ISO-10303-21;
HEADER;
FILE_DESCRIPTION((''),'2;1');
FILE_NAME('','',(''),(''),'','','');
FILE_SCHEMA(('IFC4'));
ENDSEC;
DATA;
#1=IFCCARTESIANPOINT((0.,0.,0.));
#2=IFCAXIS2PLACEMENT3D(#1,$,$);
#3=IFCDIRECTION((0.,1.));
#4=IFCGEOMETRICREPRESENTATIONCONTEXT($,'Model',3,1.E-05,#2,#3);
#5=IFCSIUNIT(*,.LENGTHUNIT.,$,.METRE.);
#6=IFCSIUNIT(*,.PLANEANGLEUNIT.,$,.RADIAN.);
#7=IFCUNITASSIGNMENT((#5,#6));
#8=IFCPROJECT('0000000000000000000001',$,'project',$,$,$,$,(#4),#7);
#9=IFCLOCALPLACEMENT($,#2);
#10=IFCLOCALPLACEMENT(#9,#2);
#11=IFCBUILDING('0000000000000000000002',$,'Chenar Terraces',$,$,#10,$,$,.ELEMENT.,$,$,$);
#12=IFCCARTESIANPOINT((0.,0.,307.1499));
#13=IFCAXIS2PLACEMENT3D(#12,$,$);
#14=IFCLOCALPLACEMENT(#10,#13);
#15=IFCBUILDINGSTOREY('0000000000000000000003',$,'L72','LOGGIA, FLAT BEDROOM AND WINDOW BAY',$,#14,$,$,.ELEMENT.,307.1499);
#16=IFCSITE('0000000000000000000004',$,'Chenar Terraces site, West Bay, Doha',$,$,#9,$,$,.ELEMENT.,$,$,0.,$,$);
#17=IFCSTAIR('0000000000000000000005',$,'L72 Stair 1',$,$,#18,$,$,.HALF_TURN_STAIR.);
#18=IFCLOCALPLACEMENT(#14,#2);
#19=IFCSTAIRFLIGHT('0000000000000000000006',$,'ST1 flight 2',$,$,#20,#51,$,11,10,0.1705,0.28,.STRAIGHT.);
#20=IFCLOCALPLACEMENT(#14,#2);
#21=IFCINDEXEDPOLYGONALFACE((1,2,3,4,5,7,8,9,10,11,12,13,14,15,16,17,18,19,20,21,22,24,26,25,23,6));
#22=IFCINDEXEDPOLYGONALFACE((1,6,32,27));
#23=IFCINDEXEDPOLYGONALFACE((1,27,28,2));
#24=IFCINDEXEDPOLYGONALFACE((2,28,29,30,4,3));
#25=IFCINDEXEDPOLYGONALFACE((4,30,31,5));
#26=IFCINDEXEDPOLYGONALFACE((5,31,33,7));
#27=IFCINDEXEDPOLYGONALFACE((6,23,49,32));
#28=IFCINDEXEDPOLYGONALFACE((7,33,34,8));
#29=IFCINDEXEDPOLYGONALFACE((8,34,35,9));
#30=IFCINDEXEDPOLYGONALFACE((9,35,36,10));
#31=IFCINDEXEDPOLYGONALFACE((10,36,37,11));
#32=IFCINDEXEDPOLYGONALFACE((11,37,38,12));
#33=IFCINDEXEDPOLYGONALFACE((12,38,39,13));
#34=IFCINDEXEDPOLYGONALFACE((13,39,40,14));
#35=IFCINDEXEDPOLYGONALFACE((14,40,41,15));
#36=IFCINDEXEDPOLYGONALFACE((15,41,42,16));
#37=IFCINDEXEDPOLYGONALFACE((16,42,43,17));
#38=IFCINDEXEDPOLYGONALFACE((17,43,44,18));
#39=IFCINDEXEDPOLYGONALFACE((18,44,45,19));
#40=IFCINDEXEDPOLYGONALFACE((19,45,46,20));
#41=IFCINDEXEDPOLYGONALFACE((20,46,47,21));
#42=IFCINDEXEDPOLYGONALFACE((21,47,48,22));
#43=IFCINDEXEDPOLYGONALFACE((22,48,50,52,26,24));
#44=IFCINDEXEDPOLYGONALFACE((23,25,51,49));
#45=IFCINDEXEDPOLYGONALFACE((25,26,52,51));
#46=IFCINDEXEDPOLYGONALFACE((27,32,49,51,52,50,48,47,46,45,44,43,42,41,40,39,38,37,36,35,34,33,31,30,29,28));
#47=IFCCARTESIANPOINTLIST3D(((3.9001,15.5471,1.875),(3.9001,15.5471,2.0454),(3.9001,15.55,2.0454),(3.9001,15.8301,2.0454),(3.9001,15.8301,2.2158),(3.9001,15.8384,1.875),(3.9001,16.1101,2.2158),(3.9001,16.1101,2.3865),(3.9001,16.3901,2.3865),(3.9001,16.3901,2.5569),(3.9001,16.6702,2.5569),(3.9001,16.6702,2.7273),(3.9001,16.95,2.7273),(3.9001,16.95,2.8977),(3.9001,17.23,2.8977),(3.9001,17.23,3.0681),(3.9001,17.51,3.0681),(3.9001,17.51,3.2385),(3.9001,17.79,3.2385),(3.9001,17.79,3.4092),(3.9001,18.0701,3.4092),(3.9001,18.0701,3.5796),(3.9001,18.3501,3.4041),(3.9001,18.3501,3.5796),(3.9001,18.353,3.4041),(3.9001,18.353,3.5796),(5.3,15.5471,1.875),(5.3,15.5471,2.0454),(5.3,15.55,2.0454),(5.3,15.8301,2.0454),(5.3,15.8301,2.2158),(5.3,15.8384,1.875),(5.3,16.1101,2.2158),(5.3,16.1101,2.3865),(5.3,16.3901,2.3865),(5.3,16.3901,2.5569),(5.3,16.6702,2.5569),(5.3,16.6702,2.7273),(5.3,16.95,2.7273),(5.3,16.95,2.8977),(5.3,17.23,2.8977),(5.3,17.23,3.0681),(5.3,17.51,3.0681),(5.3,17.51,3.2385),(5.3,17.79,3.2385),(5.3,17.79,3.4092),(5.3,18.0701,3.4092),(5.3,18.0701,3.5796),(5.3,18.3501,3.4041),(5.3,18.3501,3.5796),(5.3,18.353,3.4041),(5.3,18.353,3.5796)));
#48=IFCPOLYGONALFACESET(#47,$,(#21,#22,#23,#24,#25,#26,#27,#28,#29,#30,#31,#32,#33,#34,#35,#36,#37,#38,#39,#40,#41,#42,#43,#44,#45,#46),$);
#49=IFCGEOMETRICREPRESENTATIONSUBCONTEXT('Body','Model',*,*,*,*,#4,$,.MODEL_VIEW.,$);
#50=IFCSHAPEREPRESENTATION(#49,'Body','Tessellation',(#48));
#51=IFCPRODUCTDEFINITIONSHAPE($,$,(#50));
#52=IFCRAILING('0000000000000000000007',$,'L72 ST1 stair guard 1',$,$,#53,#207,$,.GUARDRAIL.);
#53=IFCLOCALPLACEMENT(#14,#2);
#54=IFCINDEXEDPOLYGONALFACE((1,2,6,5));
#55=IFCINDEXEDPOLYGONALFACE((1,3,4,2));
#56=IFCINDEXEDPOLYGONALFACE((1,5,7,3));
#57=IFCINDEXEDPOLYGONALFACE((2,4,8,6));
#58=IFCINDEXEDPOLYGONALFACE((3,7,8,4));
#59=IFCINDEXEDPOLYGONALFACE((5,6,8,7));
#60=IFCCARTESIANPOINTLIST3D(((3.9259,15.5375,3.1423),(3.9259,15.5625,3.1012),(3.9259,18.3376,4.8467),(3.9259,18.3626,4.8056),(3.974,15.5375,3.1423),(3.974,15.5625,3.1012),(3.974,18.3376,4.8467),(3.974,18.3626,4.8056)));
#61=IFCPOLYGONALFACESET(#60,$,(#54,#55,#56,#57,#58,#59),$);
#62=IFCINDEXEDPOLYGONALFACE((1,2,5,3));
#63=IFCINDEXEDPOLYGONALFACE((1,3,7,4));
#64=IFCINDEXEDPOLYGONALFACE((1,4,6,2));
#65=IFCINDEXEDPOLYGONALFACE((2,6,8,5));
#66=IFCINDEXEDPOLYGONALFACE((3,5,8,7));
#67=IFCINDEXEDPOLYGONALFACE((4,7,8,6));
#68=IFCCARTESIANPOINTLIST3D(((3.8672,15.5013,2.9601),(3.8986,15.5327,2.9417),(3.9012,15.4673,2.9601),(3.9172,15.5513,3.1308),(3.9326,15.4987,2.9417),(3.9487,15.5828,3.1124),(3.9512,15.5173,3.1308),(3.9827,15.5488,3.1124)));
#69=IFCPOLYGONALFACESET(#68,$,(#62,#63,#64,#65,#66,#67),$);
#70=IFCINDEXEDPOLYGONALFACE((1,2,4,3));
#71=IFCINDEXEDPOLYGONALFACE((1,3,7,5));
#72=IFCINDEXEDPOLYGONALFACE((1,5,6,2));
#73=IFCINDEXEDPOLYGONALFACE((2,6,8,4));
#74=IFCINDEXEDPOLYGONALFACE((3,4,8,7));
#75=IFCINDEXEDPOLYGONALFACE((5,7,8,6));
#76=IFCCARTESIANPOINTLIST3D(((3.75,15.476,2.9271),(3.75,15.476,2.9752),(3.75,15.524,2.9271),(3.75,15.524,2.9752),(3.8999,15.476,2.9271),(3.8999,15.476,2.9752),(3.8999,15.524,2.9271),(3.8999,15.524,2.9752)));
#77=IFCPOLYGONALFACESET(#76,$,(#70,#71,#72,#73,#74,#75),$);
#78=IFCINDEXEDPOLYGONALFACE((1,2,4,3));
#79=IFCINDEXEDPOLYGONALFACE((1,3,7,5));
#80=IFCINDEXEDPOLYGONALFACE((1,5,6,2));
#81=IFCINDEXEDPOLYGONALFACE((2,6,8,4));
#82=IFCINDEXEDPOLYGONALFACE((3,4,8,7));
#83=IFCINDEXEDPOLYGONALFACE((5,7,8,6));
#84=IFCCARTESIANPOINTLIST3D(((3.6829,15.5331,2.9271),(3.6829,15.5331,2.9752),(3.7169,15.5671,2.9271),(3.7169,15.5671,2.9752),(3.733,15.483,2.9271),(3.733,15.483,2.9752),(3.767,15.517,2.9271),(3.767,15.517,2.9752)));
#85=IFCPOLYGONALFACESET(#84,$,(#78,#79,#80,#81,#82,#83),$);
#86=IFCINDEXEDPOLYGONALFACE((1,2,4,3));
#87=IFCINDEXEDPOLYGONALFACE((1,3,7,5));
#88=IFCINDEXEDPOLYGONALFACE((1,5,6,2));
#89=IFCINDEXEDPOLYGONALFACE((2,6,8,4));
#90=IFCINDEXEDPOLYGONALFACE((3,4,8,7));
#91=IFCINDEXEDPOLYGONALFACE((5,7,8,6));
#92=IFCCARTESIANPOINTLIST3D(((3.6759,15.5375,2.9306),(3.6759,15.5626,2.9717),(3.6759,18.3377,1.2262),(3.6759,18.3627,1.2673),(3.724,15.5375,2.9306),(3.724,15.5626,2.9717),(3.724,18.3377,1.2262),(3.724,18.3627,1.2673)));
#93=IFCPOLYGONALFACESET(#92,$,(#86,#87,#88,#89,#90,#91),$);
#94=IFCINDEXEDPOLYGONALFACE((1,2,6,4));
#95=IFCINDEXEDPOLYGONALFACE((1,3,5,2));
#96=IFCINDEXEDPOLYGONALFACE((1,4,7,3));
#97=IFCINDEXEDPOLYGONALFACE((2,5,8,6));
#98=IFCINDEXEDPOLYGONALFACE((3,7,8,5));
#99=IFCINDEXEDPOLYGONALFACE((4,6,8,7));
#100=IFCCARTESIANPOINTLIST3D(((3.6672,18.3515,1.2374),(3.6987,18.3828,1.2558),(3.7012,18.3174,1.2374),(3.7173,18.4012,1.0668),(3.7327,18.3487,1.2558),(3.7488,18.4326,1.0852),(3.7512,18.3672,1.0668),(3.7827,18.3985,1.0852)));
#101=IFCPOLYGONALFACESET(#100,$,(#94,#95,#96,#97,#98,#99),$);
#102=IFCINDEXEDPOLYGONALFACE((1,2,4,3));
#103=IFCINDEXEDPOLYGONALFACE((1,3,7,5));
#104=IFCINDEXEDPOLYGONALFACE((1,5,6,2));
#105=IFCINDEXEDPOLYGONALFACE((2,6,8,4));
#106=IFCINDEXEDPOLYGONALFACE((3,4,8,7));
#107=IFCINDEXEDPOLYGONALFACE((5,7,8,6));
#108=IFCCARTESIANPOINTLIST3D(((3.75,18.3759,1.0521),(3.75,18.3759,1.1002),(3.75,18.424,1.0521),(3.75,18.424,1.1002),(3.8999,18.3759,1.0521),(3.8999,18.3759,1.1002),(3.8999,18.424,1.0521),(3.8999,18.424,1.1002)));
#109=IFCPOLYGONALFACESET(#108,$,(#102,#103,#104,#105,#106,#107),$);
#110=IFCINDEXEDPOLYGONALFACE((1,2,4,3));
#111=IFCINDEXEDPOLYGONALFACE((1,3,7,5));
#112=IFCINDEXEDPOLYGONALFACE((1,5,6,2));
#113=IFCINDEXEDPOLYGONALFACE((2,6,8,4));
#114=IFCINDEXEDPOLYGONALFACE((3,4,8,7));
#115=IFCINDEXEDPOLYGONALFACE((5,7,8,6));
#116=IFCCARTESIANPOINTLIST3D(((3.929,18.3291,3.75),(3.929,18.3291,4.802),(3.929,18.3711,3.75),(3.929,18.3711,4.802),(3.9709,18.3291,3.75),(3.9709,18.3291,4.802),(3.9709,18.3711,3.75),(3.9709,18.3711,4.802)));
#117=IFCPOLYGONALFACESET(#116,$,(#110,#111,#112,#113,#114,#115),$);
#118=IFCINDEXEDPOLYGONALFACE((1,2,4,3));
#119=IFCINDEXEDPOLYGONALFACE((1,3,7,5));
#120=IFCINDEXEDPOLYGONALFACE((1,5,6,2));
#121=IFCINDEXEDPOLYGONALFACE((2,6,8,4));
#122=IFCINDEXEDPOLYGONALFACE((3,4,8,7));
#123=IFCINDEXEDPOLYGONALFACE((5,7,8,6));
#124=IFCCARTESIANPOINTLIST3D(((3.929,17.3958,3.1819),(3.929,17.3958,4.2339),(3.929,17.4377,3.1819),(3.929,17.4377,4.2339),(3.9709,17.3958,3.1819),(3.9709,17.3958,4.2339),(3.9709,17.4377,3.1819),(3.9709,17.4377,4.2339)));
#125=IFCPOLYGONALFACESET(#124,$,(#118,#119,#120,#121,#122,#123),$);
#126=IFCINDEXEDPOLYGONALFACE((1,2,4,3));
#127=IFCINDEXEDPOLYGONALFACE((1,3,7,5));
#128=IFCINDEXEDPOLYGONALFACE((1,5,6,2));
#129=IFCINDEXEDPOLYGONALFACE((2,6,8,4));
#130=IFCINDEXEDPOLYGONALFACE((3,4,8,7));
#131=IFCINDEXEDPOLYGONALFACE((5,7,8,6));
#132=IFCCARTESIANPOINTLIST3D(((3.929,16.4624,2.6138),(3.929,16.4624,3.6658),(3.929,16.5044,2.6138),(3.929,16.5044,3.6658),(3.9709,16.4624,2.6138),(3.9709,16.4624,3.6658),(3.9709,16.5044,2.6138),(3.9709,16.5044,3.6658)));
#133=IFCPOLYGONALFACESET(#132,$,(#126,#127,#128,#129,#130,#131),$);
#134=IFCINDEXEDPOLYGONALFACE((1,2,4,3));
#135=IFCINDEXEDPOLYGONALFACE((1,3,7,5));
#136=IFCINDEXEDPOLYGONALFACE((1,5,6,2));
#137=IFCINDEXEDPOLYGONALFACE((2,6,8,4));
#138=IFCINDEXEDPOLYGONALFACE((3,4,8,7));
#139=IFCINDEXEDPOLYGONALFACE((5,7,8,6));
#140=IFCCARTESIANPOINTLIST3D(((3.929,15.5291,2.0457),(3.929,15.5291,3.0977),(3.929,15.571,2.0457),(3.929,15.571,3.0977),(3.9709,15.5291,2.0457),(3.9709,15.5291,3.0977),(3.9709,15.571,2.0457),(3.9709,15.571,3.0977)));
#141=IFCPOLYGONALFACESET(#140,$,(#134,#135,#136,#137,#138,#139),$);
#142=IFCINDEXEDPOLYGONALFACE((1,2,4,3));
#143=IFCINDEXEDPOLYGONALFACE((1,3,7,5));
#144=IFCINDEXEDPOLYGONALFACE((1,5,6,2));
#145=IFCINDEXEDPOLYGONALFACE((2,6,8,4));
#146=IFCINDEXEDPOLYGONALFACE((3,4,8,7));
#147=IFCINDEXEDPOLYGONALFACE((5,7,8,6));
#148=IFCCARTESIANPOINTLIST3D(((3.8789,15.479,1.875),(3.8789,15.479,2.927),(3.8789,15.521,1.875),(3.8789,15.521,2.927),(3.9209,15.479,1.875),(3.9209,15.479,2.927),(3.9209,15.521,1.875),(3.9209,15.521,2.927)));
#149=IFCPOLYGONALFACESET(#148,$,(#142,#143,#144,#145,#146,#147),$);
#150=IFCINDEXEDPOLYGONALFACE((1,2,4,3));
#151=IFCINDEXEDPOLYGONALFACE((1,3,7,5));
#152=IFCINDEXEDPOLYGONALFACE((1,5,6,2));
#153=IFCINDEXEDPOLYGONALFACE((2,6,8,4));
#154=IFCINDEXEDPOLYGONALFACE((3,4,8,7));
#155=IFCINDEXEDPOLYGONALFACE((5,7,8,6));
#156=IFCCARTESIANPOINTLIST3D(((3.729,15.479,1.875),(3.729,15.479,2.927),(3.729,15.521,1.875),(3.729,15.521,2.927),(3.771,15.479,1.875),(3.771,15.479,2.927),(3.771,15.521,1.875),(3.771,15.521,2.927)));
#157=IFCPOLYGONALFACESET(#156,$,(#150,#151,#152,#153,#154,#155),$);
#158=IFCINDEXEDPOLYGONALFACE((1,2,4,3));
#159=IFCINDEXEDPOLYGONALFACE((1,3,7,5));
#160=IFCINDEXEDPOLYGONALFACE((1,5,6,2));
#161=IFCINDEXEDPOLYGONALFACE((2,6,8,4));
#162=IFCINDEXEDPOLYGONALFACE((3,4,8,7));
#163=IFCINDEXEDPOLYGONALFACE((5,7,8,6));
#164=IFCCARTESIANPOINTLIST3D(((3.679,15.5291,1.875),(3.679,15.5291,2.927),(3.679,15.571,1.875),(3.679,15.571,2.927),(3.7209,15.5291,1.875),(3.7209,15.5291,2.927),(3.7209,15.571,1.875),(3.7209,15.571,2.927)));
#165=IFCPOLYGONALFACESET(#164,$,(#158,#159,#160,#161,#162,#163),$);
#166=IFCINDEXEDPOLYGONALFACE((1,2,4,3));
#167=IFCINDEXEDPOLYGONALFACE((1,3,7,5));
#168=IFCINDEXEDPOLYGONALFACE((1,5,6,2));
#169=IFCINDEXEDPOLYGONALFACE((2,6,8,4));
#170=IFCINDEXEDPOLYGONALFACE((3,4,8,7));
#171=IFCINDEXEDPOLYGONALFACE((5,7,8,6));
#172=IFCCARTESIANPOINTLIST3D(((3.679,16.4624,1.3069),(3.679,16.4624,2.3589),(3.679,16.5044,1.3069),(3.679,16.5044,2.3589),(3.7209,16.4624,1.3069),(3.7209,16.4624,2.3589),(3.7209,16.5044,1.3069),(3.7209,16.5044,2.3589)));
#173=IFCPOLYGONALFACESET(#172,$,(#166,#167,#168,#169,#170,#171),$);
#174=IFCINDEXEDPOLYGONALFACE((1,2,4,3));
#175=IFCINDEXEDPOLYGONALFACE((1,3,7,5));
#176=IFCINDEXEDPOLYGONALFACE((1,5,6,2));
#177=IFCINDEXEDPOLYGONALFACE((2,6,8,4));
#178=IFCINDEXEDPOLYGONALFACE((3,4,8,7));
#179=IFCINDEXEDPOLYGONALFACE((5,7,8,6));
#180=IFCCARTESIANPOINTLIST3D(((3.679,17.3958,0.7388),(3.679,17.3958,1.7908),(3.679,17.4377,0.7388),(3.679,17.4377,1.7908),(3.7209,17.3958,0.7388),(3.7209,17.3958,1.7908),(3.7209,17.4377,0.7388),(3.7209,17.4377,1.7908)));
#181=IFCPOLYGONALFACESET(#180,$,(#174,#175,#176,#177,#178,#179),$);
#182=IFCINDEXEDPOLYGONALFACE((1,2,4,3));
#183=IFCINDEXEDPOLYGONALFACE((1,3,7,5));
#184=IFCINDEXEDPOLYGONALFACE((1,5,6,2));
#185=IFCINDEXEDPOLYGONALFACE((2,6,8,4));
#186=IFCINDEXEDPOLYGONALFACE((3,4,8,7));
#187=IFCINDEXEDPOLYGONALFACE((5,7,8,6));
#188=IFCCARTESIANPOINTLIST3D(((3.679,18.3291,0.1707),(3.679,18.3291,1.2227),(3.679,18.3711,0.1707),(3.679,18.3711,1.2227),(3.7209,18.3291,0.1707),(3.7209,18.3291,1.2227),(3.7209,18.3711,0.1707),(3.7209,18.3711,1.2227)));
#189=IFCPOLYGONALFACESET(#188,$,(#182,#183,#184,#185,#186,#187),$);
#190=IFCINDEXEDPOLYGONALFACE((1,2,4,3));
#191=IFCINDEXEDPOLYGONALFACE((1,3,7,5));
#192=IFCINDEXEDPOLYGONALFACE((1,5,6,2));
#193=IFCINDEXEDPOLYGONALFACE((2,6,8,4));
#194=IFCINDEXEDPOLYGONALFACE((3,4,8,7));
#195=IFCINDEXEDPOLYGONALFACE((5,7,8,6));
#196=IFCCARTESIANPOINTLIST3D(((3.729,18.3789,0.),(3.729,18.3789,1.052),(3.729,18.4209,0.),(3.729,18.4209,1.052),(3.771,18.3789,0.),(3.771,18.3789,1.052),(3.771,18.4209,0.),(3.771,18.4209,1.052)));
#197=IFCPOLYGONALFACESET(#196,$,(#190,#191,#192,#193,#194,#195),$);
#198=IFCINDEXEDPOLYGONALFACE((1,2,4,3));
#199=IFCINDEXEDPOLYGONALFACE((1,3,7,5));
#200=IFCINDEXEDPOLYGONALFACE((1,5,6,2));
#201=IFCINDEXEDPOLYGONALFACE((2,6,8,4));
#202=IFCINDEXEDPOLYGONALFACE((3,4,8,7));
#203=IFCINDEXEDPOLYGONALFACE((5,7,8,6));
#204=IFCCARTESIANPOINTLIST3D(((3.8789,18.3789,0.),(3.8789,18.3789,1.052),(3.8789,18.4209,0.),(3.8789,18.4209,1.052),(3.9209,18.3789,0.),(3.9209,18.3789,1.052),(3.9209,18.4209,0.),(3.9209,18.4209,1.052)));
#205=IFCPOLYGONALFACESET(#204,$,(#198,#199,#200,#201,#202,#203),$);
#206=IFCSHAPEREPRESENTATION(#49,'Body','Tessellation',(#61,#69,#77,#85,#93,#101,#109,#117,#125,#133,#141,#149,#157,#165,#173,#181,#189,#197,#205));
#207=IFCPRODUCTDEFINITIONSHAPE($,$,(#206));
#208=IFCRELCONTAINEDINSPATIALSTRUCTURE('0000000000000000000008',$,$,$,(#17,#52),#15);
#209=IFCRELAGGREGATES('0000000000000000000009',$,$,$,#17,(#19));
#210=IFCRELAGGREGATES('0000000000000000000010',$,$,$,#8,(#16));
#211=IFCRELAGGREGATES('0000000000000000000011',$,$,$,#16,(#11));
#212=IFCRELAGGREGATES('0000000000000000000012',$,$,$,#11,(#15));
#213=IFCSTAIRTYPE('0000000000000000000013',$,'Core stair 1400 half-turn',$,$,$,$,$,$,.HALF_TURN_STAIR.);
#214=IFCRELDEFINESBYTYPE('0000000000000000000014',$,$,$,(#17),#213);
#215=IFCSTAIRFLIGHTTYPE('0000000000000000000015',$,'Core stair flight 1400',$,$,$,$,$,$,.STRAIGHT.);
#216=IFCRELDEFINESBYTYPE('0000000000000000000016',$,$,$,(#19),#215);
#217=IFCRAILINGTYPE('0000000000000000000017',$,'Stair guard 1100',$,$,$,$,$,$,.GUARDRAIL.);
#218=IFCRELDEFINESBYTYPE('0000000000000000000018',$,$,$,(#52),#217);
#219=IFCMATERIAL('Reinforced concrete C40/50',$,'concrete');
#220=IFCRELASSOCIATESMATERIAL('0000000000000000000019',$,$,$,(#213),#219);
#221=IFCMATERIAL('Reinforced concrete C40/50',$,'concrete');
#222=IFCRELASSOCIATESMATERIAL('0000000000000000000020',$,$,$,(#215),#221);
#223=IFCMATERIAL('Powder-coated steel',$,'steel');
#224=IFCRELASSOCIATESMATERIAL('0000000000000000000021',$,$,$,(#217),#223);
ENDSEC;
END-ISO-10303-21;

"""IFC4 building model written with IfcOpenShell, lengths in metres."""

from ifc_helpers import new_model, si_unit, direction, frame, origin, origin_2d, place, context, subcontext, project, spatial, polyline, rectangle, outline, extrude, material, type_object, element, aggregate, save


model = new_model("IFC4")

# Units and contexts
model_context = context("Model", 3, precision=1e-05, world=origin(), true_north=direction((0.0, 1.0)))
body_context = subcontext(model_context, "Body", "Model", "MODEL_VIEW")
ifc_project = project(units=[si_unit("LENGTHUNIT", "METRE"), si_unit("PLANEANGLEUNIT", "RADIAN")], contexts=[model_context])

# Site, building, storey
site_placement = place(None, origin())
site = spatial("IfcSite", under=ifc_project, at=site_placement, Name="Chenar Terraces site, West Bay, Doha", CompositionType="ELEMENT", RefElevation=0.0)
building_placement = place(site_placement, origin())
building = spatial("IfcBuilding", under=site, at=building_placement, Name="Chenar Terraces", CompositionType="ELEMENT")
storey_placement = place(building_placement, frame((0.0, 0.0, 307.1499)))
storey = spatial("IfcBuildingStorey", under=building, at=storey_placement, Name="L72", Description="LOGGIA, FLAT BEDROOM AND WINDOW BAY", CompositionType="ELEMENT", Elevation=307.1499)

# Stair, stair flight
ifc_material_1 = material(Name="Reinforced concrete C40/50", Category="concrete")
stair_type = type_object("IfcStairType", Name="Core stair 1400 half-turn", PredefinedType="HALF_TURN_STAIR", material=ifc_material_1)
stair_placement = place(storey_placement, origin())
stair = element("IfcStair", 1, at=stair_placement, inside=storey, type_object=stair_type, Name="L72 Stair 1", PredefinedType="HALF_TURN_STAIR")
ifc_material_2 = material(Name="Reinforced concrete C40/50", Category="concrete")
stair_flight_type = type_object("IfcStairFlightType", Name="Core stair flight 1400", PredefinedType="STRAIGHT", material=ifc_material_2)
stair_flight_1_placement = place(storey_placement, frame((4.6001, 15.55, 1.875), z_axis=(0.0, 0.0, 1.0), x_axis=(0.0, 1.0, 0.0)))
stair_flight_1 = element("IfcStairFlight", 2, at=stair_flight_1_placement, type_object=stair_flight_type, Name="ST1 flight 2", NumberOfRisers=11, NumberOfTreads=10, PredefinedType="STRAIGHT", RiserHeight=0.1705, TreadLength=0.28, context=body_context, shape_type="SweptSolid", body=[
    extrude(outline(polyline([(-0.0029, 0.0), (-0.0029, 0.1704), (0.0, 0.1704), (0.28, 0.1704), (0.28, 0.3408), (0.5601, 0.3408), (0.5601, 0.5115), (0.8401, 0.5115), (0.8401, 0.6819), (1.1201, 0.6819), (1.1201, 0.8523), (1.3999, 0.8523), (1.3999, 1.0227), (1.6799, 1.0227), (1.6799, 1.1931), (1.96, 1.1931), (1.96, 1.3635), (2.24, 1.3635), (2.24, 1.5342), (2.52, 1.5342), (2.52, 1.7046), (2.8, 1.7046), (2.803, 1.7046), (2.803, 1.5291), (2.8, 1.5291), (0.2883, 0.0), (-0.0029, 0.0)])), frame((0.0, 0.7, 0.0), z_axis=(0.0, -1.0, 0.0), x_axis=(1.0, 0.0, 0.0)), (0.0, 0.0, 1.0), 1.3999),
])
aggregate(stair, [stair_flight_1])

# Railing
ifc_material_3 = material(Name="Powder-coated steel", Category="steel")
railing_type_1 = type_object("IfcRailingType", Name="Stair guard 1100", PredefinedType="GUARDRAIL", material=ifc_material_3)
railing_1_placement = place(storey_placement, frame((3.95, 18.3501, 3.75)))
element("IfcRailing", 3, at=railing_1_placement, inside=storey, type_object=railing_type_1, Name="L72 ST1 stair guard 1", PredefinedType="GUARDRAIL", context=body_context, shape_type="SweptSolid", body=[
    extrude(rectangle(XDim=0.0481, YDim=0.0481, at=origin_2d()), frame((0.0, 0.0, 1.0762), z_axis=(0.0, -0.854203, -0.51994), x_axis=(1.0, 0.0, 0.0)), (0.0, 0.0, 1.0), 3.2781),
    extrude(rectangle(XDim=0.0481, YDim=0.0481, at=origin_2d()), frame((0.0, -2.8, -0.6284), z_axis=(-0.2709, -0.2709, -0.923703), x_axis=(0.707107, -0.707107, 0.0)), (0.0, 0.0, 1.0), 0.1848),
    extrude(rectangle(XDim=0.0481, YDim=0.0481, at=origin_2d()), frame((-0.05, -2.8501, -0.7988), z_axis=(-1.0, 0.0, 0.0), x_axis=(0.0, -1.0, 0.0)), (0.0, 0.0, 1.0), 0.1499),
    extrude(rectangle(XDim=0.0481, YDim=0.0481, at=origin_2d()), frame((-0.2, -2.8501, -0.7988), z_axis=(-0.707107, 0.707107, 0.0), x_axis=(-0.707107, -0.707107, 0.0)), (0.0, 0.0, 1.0), 0.0708),
    extrude(rectangle(XDim=0.0481, YDim=0.0481, at=origin_2d()), frame((-0.25, -2.8, -0.7988), z_axis=(0.0, 0.854203, -0.51994), x_axis=(-1.0, 0.0, 0.0)), (0.0, 0.0, 1.0), 3.2781),
    extrude(rectangle(XDim=0.0481, YDim=0.0481, at=origin_2d()), frame((-0.25, 0.0, -2.5034), z_axis=(0.270997, 0.269675, -0.924033), x_axis=(-0.705376, 0.708834, 0.0)), (0.0, 0.0, 1.0), 0.1846),
    extrude(rectangle(XDim=0.0481, YDim=0.0481, at=origin_2d()), frame((-0.2, 0.0498, -2.6738), z_axis=(1.0, 0.0, 0.0), x_axis=(0.0, 1.0, 0.0)), (0.0, 0.0, 1.0), 0.1499),
    extrude(rectangle(XDim=0.042, YDim=0.042, at=origin_2d()), origin(), (0.0, 0.0, 1.0), 1.052),
    extrude(rectangle(XDim=0.042, YDim=0.042, at=origin_2d()), frame((0.0, -0.9333, -0.5681)), (0.0, 0.0, 1.0), 1.052),
    extrude(rectangle(XDim=0.042, YDim=0.042, at=origin_2d()), frame((0.0, -1.8667, -1.1362)), (0.0, 0.0, 1.0), 1.052),
    extrude(rectangle(XDim=0.042, YDim=0.042, at=origin_2d()), frame((0.0, -2.8, -1.7043)), (0.0, 0.0, 1.0), 1.052),
    extrude(rectangle(XDim=0.042, YDim=0.042, at=origin_2d()), frame((-0.05, -2.8501, -1.875)), (0.0, 0.0, 1.0), 1.052),
    extrude(rectangle(XDim=0.042, YDim=0.042, at=origin_2d()), frame((-0.2, -2.8501, -1.875)), (0.0, 0.0, 1.0), 1.052),
    extrude(rectangle(XDim=0.042, YDim=0.042, at=origin_2d()), frame((-0.25, -2.8, -1.875)), (0.0, 0.0, 1.0), 1.052),
    extrude(rectangle(XDim=0.042, YDim=0.042, at=origin_2d()), frame((-0.25, -1.8667, -2.4431)), (0.0, 0.0, 1.0), 1.052),
    extrude(rectangle(XDim=0.042, YDim=0.042, at=origin_2d()), frame((-0.25, -0.9333, -3.0112)), (0.0, 0.0, 1.0), 1.052),
    extrude(rectangle(XDim=0.042, YDim=0.042, at=origin_2d()), frame((-0.25, 0.0, -3.5793)), (0.0, 0.0, 1.0), 1.052),
    extrude(rectangle(XDim=0.042, YDim=0.042, at=origin_2d()), frame((-0.2, 0.0498, -3.75)), (0.0, 0.0, 1.0), 1.052),
    extrude(rectangle(XDim=0.042, YDim=0.042, at=origin_2d()), frame((-0.05, 0.0498, -3.75)), (0.0, 0.0, 1.0), 1.052),
])

save(model, "model.ifc")
